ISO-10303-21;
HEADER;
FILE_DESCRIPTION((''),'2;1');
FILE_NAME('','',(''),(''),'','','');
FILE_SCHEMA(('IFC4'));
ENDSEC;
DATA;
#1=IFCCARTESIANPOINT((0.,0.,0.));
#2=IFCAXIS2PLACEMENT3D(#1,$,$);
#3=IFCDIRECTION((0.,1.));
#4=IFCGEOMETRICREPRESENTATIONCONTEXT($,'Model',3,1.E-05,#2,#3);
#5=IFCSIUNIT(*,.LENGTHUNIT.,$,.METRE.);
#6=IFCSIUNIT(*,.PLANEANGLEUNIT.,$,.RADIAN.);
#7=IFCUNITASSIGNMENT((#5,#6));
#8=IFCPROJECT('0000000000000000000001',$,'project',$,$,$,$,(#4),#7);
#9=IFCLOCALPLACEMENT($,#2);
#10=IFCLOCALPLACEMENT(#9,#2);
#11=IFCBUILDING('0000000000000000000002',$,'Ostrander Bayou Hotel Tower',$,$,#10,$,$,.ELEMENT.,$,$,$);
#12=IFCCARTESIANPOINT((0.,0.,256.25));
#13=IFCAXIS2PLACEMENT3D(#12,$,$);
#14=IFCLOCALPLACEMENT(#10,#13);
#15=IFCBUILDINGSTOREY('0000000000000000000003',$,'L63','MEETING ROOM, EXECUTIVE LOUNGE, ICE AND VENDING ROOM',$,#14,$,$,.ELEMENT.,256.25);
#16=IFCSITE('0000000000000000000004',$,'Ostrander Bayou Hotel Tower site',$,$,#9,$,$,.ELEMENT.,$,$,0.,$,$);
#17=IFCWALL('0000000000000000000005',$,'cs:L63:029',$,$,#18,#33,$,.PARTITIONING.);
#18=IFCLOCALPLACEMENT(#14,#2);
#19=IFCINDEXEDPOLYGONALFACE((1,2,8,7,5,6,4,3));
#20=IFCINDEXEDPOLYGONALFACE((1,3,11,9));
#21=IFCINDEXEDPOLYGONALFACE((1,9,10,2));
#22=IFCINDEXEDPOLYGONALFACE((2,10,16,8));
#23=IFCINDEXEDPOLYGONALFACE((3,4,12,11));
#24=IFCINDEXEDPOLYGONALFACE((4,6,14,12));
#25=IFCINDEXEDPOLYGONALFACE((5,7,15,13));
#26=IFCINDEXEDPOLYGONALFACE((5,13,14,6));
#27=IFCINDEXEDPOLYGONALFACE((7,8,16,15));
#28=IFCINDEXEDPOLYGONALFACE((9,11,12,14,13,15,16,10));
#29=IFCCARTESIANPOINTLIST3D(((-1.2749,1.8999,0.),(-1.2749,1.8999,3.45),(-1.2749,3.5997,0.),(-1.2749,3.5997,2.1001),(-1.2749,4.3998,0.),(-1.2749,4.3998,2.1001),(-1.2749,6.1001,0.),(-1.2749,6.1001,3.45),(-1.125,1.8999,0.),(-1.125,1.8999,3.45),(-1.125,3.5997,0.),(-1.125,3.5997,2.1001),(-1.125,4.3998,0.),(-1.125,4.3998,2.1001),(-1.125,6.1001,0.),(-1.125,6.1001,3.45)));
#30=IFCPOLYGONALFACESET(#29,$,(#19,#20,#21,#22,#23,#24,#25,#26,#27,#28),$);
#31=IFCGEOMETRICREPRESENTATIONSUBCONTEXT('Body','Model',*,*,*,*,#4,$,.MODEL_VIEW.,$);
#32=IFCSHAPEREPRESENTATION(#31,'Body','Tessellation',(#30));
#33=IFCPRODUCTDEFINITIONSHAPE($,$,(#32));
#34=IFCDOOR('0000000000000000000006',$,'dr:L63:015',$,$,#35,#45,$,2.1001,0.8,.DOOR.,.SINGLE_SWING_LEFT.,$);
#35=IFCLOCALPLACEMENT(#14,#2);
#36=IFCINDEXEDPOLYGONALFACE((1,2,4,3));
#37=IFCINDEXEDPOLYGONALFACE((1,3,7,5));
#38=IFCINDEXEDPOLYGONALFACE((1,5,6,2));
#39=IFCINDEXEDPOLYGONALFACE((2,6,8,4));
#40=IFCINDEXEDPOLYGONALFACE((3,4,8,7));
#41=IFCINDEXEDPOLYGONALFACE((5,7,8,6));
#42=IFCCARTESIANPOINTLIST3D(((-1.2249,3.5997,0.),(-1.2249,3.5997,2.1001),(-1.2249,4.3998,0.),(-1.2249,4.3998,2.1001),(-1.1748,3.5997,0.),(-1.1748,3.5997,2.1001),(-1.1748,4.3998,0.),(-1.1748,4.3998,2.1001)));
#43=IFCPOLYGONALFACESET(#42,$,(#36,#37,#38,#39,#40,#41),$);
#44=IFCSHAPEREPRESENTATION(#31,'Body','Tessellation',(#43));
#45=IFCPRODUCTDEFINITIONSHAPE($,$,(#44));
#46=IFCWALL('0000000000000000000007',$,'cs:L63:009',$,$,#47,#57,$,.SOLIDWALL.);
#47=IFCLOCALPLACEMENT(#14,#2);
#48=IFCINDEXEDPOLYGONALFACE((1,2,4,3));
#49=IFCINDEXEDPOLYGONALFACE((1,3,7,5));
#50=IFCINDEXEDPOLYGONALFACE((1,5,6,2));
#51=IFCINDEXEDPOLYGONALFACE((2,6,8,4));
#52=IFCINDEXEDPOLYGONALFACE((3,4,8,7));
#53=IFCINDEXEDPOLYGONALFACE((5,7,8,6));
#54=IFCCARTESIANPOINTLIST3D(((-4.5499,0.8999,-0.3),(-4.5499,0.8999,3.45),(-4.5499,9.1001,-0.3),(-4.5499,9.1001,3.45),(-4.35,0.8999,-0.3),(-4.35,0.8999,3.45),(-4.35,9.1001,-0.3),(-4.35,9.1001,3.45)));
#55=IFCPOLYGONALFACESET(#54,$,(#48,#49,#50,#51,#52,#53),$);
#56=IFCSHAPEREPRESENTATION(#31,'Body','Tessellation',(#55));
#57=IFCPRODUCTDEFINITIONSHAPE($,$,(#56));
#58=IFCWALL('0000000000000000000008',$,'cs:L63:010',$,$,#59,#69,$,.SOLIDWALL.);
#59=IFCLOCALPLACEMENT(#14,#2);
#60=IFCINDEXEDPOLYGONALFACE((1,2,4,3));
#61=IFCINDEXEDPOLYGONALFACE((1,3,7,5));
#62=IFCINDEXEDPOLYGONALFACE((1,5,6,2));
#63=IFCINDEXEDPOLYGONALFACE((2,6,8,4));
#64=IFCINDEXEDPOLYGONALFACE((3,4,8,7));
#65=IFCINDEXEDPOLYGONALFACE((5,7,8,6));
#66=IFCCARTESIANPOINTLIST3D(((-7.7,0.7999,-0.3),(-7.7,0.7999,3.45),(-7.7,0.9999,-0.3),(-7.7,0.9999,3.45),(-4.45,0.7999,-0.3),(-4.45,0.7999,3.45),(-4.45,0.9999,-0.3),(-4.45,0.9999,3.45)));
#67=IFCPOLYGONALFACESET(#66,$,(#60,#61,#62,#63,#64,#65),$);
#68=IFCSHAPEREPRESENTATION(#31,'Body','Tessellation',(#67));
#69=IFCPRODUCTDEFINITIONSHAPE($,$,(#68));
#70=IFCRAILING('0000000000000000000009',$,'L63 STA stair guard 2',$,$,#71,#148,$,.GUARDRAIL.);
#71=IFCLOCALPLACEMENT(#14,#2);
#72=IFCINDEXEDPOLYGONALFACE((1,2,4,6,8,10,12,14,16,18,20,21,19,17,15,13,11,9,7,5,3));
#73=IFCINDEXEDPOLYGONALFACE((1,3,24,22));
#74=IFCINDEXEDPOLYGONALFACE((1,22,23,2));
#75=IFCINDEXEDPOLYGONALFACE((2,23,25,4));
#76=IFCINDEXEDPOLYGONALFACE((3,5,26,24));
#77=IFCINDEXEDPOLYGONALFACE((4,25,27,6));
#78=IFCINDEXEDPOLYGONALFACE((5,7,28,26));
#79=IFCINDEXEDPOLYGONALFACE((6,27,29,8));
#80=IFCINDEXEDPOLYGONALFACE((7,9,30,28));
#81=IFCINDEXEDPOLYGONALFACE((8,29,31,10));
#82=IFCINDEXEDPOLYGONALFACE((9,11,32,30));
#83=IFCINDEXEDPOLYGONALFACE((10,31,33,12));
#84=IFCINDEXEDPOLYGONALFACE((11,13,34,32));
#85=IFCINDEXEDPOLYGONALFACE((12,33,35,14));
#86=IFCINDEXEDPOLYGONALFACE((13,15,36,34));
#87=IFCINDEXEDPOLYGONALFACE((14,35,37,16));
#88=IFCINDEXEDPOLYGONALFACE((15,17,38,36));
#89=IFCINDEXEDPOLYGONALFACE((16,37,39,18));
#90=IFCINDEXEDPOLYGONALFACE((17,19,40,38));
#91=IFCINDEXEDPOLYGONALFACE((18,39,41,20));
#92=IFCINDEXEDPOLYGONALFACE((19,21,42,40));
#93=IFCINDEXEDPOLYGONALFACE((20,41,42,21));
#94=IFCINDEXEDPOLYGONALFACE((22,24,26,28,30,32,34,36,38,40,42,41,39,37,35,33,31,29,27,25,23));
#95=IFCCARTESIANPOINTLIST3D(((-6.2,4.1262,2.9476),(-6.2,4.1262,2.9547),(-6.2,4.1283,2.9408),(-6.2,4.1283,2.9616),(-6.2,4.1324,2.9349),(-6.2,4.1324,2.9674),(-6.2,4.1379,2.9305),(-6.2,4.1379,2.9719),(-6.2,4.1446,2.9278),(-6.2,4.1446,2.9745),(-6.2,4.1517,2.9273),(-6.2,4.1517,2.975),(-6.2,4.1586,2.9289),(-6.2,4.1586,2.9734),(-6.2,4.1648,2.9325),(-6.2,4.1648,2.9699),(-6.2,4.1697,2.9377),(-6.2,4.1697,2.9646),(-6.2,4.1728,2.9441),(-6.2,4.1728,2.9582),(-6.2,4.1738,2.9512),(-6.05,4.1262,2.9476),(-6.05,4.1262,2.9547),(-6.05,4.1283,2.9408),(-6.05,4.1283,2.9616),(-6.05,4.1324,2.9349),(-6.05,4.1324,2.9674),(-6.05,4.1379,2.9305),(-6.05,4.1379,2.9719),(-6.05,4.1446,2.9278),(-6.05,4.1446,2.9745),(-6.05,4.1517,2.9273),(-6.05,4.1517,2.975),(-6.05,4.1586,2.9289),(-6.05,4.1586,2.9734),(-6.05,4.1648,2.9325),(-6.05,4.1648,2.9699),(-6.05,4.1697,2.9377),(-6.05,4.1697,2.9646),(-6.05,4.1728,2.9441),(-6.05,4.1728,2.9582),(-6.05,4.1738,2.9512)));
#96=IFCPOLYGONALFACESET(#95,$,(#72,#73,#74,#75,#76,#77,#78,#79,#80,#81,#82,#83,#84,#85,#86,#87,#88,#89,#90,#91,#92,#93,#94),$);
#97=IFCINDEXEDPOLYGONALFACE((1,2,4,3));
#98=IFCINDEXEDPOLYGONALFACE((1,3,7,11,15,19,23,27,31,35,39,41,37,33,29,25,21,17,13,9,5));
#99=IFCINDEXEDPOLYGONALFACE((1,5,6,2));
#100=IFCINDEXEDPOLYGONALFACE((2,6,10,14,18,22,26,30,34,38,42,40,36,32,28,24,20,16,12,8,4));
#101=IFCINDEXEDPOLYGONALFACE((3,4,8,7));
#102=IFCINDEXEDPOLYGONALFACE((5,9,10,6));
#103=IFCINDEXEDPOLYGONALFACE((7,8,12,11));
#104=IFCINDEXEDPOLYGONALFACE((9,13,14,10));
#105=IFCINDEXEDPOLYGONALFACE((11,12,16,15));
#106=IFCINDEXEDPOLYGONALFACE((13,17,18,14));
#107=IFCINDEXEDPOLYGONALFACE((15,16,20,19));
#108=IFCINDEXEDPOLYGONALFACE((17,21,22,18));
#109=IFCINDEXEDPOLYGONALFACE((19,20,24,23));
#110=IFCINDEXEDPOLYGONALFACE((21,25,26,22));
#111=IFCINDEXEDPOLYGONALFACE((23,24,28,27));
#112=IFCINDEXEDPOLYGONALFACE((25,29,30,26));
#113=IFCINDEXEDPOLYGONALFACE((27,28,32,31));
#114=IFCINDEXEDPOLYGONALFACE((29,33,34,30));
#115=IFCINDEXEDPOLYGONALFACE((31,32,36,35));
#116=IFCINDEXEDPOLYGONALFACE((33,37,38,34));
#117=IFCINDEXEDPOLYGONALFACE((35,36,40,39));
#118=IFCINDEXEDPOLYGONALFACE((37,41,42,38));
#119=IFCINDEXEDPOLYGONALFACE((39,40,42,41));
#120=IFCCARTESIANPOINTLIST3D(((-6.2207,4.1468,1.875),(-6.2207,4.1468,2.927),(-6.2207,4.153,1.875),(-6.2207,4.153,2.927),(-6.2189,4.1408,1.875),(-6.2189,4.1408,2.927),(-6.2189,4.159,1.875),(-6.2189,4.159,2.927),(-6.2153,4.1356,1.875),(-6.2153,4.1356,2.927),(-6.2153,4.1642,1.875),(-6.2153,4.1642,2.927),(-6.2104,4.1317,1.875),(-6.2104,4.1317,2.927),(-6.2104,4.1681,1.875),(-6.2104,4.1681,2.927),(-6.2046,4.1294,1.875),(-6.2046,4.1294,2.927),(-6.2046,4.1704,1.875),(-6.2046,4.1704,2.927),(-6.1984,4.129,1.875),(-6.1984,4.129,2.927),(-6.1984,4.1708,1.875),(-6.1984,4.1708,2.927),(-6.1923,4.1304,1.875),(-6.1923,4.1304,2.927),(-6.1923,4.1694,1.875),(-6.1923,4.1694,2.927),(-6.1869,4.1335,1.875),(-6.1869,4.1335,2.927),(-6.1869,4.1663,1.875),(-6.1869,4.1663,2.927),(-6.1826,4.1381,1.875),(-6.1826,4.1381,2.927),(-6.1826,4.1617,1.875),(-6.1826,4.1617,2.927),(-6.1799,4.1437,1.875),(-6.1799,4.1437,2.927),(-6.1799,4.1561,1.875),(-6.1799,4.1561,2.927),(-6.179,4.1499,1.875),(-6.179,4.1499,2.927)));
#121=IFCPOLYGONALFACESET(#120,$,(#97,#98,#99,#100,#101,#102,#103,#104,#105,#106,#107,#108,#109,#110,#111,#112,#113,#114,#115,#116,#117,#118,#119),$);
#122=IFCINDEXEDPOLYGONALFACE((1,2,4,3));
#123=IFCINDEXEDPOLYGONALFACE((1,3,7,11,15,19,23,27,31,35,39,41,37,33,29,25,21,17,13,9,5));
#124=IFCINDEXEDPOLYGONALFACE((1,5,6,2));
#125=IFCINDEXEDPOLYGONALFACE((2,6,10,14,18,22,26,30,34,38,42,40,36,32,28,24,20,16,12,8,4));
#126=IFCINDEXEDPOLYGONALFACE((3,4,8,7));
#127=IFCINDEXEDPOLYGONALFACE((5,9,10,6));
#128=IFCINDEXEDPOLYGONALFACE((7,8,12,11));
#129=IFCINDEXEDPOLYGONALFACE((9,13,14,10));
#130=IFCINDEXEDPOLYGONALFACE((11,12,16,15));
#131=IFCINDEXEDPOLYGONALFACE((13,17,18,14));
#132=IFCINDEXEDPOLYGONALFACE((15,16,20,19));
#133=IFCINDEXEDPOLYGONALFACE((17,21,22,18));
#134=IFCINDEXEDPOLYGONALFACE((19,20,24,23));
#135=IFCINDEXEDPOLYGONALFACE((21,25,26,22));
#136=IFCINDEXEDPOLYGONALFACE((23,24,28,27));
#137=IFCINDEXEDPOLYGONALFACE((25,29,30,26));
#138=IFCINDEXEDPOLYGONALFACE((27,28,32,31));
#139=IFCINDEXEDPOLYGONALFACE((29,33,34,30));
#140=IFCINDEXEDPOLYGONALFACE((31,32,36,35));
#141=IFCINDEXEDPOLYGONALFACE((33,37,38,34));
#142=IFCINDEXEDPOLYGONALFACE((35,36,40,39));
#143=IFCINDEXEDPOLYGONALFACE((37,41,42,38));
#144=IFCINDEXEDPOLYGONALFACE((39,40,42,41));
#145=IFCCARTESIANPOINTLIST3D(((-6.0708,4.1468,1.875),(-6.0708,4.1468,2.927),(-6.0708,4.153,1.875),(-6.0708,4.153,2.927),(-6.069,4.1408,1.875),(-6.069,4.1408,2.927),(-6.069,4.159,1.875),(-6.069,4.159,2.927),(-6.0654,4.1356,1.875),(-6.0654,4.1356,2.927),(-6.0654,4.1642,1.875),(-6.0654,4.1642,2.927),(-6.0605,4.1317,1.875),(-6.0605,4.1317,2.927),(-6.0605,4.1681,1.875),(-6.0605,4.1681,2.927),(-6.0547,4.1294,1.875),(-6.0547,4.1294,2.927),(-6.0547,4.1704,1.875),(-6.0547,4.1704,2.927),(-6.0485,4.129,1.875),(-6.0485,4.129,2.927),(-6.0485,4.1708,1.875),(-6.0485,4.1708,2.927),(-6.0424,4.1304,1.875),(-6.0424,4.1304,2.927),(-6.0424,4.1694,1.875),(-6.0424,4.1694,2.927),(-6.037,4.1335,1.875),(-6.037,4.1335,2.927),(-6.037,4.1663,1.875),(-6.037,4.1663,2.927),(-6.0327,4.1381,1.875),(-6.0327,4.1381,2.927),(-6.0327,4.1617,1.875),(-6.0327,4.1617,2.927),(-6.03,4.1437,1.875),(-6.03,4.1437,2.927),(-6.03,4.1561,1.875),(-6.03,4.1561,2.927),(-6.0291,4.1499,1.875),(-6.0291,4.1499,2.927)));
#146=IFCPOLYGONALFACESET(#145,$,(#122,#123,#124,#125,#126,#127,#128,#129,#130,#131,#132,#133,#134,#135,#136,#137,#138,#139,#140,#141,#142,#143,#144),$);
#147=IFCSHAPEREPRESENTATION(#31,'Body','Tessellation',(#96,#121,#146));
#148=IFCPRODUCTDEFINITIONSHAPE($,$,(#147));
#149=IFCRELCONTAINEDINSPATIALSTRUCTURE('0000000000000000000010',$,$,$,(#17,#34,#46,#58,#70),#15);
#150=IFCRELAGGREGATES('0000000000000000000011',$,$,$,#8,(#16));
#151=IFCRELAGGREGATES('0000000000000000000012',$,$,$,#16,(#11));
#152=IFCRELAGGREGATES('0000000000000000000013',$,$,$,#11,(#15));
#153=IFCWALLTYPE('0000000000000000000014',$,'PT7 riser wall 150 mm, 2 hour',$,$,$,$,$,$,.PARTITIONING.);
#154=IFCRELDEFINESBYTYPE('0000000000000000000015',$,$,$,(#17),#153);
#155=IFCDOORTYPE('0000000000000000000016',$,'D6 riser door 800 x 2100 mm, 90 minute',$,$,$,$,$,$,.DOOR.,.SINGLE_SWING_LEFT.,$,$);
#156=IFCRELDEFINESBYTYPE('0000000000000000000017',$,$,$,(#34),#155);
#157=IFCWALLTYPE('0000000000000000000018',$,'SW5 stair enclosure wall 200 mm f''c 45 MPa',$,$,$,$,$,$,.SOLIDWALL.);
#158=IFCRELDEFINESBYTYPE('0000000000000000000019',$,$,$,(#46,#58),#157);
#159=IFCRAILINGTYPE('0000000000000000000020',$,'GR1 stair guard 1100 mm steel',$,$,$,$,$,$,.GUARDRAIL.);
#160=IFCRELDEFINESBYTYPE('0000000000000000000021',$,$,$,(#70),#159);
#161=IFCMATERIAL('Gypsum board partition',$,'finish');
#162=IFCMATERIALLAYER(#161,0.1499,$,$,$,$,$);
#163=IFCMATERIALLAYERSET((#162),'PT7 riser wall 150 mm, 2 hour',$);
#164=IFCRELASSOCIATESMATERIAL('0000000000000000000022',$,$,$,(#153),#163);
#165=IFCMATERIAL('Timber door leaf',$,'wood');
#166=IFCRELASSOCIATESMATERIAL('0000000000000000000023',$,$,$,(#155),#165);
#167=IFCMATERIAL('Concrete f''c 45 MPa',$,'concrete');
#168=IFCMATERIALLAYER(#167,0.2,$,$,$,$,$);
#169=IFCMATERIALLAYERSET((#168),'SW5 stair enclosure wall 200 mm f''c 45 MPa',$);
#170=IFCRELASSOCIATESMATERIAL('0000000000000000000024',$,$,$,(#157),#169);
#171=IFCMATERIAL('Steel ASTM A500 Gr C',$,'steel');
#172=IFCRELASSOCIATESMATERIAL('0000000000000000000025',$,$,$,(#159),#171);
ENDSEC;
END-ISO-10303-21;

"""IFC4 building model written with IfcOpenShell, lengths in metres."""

from ifc_helpers import new_model, si_unit, direction, frame, frame_2d, origin, origin_2d, place, context, subcontext, project, spatial, rectangle, circle, extrude, material, layer, layer_set, type_object, element, fill, save


model = new_model("IFC4")

# Units and contexts
model_context = context("Model", 3, precision=1e-05, world=origin(), true_north=direction((0.0, 1.0)))
body_context = subcontext(model_context, "Body", "Model", "MODEL_VIEW")
ifc_project = project(units=[si_unit("LENGTHUNIT", "METRE"), si_unit("PLANEANGLEUNIT", "RADIAN")], contexts=[model_context])

# Site, building, storey
site_placement = place(None, origin())
site = spatial("IfcSite", under=ifc_project, at=site_placement, Name="Ostrander Bayou Hotel Tower site", CompositionType="ELEMENT", RefElevation=0.0)
building_placement = place(site_placement, origin())
building = spatial("IfcBuilding", under=site, at=building_placement, Name="Ostrander Bayou Hotel Tower", CompositionType="ELEMENT")
storey_placement = place(building_placement, frame((0.0, 0.0, 256.25)))
storey = spatial("IfcBuildingStorey", under=building, at=storey_placement, Name="L63", Description="MEETING ROOM, EXECUTIVE LOUNGE, ICE AND VENDING ROOM", CompositionType="ELEMENT", Elevation=256.25)

# Wall, opening, door
ifc_material_1 = material(Name="Gypsum board partition", Category="finish")
ifc_layer_1 = layer(ifc_material_1, 0.1499)
ifc_layer_set_1 = layer_set([ifc_layer_1], Name="PT7 riser wall 150 mm, 2 hour")
wall_type_1 = type_object("IfcWallType", Name="PT7 riser wall 150 mm, 2 hour", PredefinedType="PARTITIONING", material=ifc_layer_set_1)
wall_1_placement = place(storey_placement, frame((-1.2, 1.8999, 0.0), z_axis=(0.0, 0.0, 1.0), x_axis=(0.0, 1.0, 0.0)))
wall_1 = element("IfcWall", 1, at=wall_1_placement, inside=storey, type_object=wall_type_1, Name="cs:L63:029", PredefinedType="PARTITIONING", context=body_context, shape_type="SweptSolid", body=[
    extrude(rectangle(XDim=4.2002, YDim=0.1499, at=frame_2d((2.1001, 0.0))), origin(), (0.0, 0.0, 1.0), 3.45),
])
opening_1_placement = place(wall_1_placement, frame((1.7, 0.0, 0.0)))
opening_1 = element("IfcOpeningElement", 2, at=opening_1_placement, cuts=wall_1, PredefinedType="OPENING", context=body_context, shape_type="SweptSolid", body=[
    extrude(rectangle(XDim=0.8, YDim=2.1001, at=frame_2d((0.3999, 1.05))), frame((0.0, 0.075, 0.0), z_axis=(0.0, -1.0, 0.0), x_axis=(1.0, 0.0, 0.0)), (0.0, 0.0, 1.0), 0.1499),
])
ifc_material_2 = material(Name="Timber door leaf", Category="wood")
door_type_1 = type_object("IfcDoorType", Name="D6 riser door 800 x 2100 mm, 90 minute", OperationType="SINGLE_SWING_LEFT", PredefinedType="DOOR", material=ifc_material_2)
door_1_placement = place(opening_1_placement, origin())
door_1 = element("IfcDoor", 3, at=door_1_placement, inside=storey, type_object=door_type_1, Name="dr:L63:015", OperationType="SINGLE_SWING_LEFT", OverallHeight=2.1001, OverallWidth=0.8, PredefinedType="DOOR", context=body_context, shape_type="SweptSolid", body=[
    extrude(rectangle(XDim=0.8, YDim=2.1001, at=frame_2d((0.3999, 1.05))), frame((0.0, 0.0249, 0.0), z_axis=(0.0, -1.0, 0.0), x_axis=(1.0, 0.0, 0.0)), (0.0, 0.0, 1.0), 0.05),
])
fill(opening_1, door_1)

# Walls
ifc_material_3 = material(Name="Concrete f'c 45 MPa", Category="concrete")
ifc_layer_2 = layer(ifc_material_3, 0.2)
ifc_layer_set_2 = layer_set([ifc_layer_2], Name="SW5 stair enclosure wall 200 mm f'c 45 MPa")
wall_type_2 = type_object("IfcWallType", Name="SW5 stair enclosure wall 200 mm f'c 45 MPa", PredefinedType="SOLIDWALL", material=ifc_layer_set_2)
wall_2_placement = place(storey_placement, frame((-4.45, 0.8999, -0.3), z_axis=(0.0, 0.0, 1.0), x_axis=(0.0, 1.0, 0.0)))
element("IfcWall", 4, at=wall_2_placement, inside=storey, type_object=wall_type_2, Name="cs:L63:009", PredefinedType="SOLIDWALL", context=body_context, shape_type="SweptSolid", body=[
    extrude(rectangle(XDim=8.2002, YDim=0.2, at=frame_2d((4.1001, 0.0))), origin(), (0.0, 0.0, 1.0), 3.75),
])
wall_3_placement = place(storey_placement, frame((-7.7, 0.8999, -0.3), z_axis=(0.0, 0.0, 1.0), x_axis=(1.0, 0.0, 0.0)))
element("IfcWall", 5, at=wall_3_placement, inside=storey, type_object=wall_type_2, Name="cs:L63:010", PredefinedType="SOLIDWALL", context=body_context, shape_type="SweptSolid", body=[
    extrude(rectangle(XDim=3.25, YDim=0.2, at=frame_2d((1.625, 0.0))), origin(), (0.0, 0.0, 1.0), 3.75),
])

# Railing
ifc_material_4 = material(Name="Steel ASTM A500 Gr C", Category="steel")
railing_type = type_object("IfcRailingType", Name="GR1 stair guard 1100 mm steel", PredefinedType="GUARDRAIL", material=ifc_material_4)
railing_1_placement = place(storey_placement, frame((-6.2, 4.1499, 1.875)))
element("IfcRailing", 6, at=railing_1_placement, inside=storey, type_object=railing_type, Name="L63 STA stair guard 2", PredefinedType="GUARDRAIL", context=body_context, shape_type="SweptSolid", body=[
    extrude(circle(Radius=0.0239, at=origin_2d()), frame((0.0, 0.0, 1.0762), z_axis=(1.0, 0.0, 0.0), x_axis=(0.0, 1.0, 0.0)), (0.0, 0.0, 1.0), 0.1499),
    extrude(circle(Radius=0.021, at=origin_2d()), origin(), (0.0, 0.0, 1.0), 1.052),
    extrude(circle(Radius=0.021, at=origin_2d()), frame((0.1499, 0.0, 0.0)), (0.0, 0.0, 1.0), 1.052),
])

save(model, "model.ifc")
